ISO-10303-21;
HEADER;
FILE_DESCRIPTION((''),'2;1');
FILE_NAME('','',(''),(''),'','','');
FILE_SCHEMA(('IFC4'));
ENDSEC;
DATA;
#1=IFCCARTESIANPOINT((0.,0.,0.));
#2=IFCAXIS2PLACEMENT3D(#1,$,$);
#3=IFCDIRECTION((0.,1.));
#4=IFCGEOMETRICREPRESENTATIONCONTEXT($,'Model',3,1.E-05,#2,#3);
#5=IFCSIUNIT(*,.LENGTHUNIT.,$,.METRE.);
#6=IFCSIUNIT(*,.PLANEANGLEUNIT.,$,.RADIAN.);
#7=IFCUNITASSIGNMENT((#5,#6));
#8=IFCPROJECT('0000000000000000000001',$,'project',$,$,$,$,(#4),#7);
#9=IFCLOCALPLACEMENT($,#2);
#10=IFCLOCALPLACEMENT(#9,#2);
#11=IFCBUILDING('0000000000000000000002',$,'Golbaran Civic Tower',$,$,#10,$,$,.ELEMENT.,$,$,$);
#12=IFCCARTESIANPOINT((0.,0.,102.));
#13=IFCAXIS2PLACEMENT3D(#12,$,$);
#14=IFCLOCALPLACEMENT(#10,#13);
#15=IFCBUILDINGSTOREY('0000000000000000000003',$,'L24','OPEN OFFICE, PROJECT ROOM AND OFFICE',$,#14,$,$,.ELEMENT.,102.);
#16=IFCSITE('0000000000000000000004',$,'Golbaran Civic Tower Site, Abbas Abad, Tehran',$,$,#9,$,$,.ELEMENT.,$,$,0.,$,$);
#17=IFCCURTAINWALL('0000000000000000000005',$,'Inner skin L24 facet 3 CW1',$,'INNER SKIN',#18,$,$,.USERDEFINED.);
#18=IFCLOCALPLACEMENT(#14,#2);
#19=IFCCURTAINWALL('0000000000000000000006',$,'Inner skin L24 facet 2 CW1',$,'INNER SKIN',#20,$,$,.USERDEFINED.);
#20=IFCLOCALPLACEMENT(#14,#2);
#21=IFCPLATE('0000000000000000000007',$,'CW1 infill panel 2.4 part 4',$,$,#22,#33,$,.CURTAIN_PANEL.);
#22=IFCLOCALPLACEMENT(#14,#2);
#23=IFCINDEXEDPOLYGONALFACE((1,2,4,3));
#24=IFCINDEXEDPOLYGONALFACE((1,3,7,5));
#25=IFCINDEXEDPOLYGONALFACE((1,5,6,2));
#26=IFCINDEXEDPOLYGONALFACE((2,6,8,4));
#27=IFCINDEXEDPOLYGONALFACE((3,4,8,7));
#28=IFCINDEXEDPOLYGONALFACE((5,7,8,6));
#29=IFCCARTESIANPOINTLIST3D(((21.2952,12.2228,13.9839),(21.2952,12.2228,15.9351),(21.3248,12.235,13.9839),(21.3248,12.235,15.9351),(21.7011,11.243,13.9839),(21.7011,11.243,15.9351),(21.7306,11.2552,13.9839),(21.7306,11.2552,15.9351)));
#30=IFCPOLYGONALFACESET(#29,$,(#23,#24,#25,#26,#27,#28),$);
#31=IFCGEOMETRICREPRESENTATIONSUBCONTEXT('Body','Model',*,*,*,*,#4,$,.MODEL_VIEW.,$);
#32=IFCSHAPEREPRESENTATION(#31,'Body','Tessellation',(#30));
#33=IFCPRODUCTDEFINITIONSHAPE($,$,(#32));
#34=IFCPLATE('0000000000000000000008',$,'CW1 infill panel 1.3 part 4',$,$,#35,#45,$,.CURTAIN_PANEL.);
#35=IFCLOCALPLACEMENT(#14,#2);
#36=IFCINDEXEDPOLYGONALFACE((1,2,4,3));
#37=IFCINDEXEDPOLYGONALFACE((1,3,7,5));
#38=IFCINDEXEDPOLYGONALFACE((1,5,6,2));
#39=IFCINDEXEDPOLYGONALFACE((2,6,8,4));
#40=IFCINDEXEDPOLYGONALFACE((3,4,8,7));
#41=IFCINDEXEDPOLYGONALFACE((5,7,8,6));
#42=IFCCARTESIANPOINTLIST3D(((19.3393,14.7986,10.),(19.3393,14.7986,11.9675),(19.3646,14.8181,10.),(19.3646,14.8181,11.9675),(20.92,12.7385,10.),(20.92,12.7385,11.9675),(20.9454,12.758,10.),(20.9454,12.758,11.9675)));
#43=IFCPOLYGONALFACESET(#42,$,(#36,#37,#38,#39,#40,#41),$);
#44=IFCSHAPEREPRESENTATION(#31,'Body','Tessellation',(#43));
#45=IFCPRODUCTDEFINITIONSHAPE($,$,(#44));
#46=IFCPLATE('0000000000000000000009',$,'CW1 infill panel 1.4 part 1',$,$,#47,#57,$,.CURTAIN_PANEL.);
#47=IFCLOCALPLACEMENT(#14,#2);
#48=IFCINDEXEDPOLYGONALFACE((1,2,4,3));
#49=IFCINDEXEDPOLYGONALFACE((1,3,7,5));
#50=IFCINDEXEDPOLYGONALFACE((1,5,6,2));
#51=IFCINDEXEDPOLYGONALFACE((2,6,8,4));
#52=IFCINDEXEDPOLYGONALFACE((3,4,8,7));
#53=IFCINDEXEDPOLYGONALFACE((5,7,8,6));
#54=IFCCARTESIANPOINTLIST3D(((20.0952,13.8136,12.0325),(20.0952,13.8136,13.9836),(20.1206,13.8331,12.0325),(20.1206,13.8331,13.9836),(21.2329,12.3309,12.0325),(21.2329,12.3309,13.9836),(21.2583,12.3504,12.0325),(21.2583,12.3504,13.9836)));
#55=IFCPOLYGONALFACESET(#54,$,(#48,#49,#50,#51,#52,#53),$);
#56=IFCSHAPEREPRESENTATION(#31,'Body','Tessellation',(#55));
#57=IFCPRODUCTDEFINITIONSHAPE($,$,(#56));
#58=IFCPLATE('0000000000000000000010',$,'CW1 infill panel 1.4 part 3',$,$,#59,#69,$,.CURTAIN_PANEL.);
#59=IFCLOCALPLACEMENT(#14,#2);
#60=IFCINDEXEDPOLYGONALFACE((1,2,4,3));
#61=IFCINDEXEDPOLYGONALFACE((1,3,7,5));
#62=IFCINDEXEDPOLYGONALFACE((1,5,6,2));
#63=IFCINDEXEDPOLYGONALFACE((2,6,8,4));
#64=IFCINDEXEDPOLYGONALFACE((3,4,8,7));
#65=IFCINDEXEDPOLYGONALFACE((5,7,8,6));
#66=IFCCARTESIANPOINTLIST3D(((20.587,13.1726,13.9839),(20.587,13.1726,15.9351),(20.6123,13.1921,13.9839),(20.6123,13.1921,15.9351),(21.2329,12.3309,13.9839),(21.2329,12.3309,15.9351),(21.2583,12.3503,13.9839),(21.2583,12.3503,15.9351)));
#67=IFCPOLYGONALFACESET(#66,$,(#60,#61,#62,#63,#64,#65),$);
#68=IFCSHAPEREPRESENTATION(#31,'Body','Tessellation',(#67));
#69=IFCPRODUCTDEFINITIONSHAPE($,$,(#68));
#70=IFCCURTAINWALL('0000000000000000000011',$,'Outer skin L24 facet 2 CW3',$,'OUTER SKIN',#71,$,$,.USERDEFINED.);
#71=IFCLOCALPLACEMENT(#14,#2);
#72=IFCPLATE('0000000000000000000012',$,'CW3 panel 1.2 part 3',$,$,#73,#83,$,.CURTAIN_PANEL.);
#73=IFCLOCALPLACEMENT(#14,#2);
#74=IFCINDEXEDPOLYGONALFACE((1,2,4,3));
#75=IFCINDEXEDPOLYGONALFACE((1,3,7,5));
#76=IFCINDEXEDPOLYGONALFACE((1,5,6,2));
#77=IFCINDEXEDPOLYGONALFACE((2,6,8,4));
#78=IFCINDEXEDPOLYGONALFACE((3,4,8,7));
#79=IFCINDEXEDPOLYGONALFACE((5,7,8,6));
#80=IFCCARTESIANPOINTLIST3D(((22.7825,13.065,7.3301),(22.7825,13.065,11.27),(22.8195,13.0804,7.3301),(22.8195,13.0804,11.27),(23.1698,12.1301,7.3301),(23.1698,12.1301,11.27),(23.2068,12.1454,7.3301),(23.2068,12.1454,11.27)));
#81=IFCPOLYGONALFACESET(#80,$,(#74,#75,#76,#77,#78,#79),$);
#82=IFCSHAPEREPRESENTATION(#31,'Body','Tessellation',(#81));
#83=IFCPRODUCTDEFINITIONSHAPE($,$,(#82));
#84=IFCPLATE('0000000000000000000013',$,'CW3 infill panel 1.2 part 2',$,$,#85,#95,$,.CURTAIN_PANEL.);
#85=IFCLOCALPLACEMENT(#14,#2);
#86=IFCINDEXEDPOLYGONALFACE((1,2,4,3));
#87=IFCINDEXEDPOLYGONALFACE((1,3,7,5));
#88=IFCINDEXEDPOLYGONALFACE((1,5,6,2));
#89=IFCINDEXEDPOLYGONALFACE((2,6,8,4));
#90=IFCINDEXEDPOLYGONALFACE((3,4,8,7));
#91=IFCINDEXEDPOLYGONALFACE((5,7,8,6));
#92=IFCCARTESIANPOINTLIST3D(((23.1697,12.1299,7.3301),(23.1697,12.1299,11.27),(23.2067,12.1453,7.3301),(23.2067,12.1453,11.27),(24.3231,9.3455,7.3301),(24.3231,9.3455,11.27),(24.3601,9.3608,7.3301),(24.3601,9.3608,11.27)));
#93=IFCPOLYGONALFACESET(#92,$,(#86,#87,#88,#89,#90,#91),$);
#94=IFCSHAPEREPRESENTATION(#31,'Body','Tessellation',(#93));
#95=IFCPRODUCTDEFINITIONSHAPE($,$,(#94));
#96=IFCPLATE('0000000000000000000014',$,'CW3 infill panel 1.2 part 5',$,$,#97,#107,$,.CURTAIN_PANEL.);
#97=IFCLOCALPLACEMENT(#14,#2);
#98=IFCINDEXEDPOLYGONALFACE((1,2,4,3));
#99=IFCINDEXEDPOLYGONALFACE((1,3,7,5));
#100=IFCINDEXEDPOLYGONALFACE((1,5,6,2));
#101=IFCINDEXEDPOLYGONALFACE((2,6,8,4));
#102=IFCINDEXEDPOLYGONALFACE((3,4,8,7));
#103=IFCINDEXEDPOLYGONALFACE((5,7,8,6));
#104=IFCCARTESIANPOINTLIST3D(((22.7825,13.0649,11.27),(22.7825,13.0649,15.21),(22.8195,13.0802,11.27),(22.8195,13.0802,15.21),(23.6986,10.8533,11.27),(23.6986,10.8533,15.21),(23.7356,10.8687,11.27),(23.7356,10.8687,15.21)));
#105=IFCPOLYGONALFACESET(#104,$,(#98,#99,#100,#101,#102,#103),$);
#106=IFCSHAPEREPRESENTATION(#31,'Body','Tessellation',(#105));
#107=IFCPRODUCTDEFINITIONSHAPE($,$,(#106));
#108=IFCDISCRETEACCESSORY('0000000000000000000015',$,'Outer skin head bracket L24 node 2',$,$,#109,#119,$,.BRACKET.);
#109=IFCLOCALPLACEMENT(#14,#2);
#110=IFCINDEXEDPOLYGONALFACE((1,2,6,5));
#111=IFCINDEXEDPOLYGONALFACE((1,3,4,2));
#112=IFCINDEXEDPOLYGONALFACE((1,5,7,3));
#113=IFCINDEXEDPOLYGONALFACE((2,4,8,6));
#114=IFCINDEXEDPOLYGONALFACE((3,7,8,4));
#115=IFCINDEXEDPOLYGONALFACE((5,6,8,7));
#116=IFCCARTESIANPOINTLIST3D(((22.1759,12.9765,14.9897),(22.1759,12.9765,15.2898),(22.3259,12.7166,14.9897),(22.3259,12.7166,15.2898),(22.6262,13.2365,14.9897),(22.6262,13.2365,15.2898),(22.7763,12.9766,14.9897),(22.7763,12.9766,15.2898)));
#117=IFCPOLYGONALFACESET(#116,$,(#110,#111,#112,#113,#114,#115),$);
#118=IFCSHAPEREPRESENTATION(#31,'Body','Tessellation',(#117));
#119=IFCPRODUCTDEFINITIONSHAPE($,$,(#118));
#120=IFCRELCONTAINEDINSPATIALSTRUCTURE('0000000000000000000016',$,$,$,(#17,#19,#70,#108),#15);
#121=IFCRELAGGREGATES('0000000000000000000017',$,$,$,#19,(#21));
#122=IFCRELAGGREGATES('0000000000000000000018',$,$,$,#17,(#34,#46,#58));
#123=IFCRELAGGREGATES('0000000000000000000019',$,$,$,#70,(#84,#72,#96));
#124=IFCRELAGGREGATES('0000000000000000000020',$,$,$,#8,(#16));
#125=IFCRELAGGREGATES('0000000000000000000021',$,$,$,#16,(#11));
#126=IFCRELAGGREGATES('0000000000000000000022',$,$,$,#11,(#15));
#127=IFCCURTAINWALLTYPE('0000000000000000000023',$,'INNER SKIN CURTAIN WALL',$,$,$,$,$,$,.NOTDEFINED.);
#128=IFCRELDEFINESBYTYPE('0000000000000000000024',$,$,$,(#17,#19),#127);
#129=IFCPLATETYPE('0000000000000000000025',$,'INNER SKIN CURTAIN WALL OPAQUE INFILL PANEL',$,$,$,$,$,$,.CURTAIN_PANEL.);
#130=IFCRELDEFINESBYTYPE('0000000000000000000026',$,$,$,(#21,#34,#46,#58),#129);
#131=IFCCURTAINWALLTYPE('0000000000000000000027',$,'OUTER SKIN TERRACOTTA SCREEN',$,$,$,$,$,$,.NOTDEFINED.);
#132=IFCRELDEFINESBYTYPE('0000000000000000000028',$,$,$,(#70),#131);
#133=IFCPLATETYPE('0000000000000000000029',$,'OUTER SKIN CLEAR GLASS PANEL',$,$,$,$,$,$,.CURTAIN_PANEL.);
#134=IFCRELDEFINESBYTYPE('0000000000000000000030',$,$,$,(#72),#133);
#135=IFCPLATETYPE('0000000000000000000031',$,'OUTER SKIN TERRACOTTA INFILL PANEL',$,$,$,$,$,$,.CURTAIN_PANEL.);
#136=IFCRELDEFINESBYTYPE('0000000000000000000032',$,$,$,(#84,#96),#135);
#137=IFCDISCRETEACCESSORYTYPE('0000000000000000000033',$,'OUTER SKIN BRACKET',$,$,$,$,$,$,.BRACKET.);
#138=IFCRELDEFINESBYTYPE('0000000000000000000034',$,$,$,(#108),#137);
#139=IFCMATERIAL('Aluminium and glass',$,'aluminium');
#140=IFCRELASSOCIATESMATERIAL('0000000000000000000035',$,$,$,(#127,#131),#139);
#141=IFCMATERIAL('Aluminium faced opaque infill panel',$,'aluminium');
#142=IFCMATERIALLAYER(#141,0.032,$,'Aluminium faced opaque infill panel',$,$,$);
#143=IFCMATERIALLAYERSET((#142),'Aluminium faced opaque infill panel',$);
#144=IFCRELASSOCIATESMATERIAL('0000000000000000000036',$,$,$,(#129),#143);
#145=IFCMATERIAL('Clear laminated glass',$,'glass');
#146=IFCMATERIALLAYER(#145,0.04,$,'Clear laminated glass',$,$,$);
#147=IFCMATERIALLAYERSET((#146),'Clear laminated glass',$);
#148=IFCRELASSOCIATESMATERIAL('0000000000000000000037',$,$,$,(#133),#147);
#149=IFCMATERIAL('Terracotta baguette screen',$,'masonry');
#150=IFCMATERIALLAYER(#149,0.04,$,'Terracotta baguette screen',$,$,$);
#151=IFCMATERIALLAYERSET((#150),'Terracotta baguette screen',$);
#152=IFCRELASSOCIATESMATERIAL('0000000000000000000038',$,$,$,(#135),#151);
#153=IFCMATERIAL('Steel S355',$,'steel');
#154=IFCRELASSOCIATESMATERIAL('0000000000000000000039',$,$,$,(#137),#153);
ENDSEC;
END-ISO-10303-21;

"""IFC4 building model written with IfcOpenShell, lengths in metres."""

from ifc_helpers import new_model, si_unit, direction, frame, origin, origin_2d, place, context, subcontext, project, spatial, rectangle, extrude, material, layer, layer_set, type_object, element, aggregate, save


model = new_model("IFC4")

# Units and contexts
model_context = context("Model", 3, precision=1e-05, world=origin(), true_north=direction((0.0, 1.0)))
body_context = subcontext(model_context, "Body", "Model", "MODEL_VIEW")
ifc_project = project(units=[si_unit("LENGTHUNIT", "METRE"), si_unit("PLANEANGLEUNIT", "RADIAN")], contexts=[model_context])

# Site, building, storey
site_placement = place(None, origin())
site = spatial("IfcSite", under=ifc_project, at=site_placement, Name="Golbaran Civic Tower Site, Abbas Abad, Tehran", CompositionType="ELEMENT", RefElevation=0.0)
building_placement = place(site_placement, origin())
building = spatial("IfcBuilding", under=site, at=building_placement, Name="Golbaran Civic Tower", CompositionType="ELEMENT")
storey_placement = place(building_placement, frame((0.0, 0.0, 102.0)))
storey = spatial("IfcBuildingStorey", under=building, at=storey_placement, Name="L24", Description="OPEN OFFICE, PROJECT ROOM AND OFFICE", CompositionType="ELEMENT", Elevation=102.0)

# Curtain wall
ifc_material_1 = material(Name="Aluminium and glass", Category="aluminium")
curtain_wall_type_1 = type_object("IfcCurtainWallType", Name="INNER SKIN CURTAIN WALL", PredefinedType="NOTDEFINED", material=ifc_material_1)
curtain_wall_1_placement = place(storey_placement, origin())
curtain_wall_1 = element("IfcCurtainWall", 1, at=curtain_wall_1_placement, inside=storey, type_object=curtain_wall_type_1, Name="Inner skin L24 facet 3 CW1", ObjectType="INNER SKIN", PredefinedType="USERDEFINED")
curtain_wall_type_2 = type_object("IfcCurtainWallType", Name="OUTER SKIN TERRACOTTA SCREEN", PredefinedType="NOTDEFINED", material=ifc_material_1)

# Curtain wall
curtain_wall_2_placement = place(storey_placement, origin())
curtain_wall_2 = element("IfcCurtainWall", 2, at=curtain_wall_2_placement, inside=storey, type_object=curtain_wall_type_1, Name="Inner skin L24 facet 2 CW1", ObjectType="INNER SKIN", PredefinedType="USERDEFINED")

# Plates
ifc_material_2 = material(Name="Aluminium faced opaque infill panel", Category="aluminium")
ifc_layer_1 = layer(ifc_material_2, 0.032, Name="Aluminium faced opaque infill panel")
ifc_layer_set_1 = layer_set([ifc_layer_1], Name="Aluminium faced opaque infill panel")
plate_type_1 = type_object("IfcPlateType", Name="INNER SKIN CURTAIN WALL OPAQUE INFILL PANEL", PredefinedType="CURTAIN_PANEL", material=ifc_layer_set_1)
plate_1_placement = place(storey_placement, frame((21.5129, 11.739, 13.9839), z_axis=(0.0, 0.0, 1.0), x_axis=(-0.382683, 0.92388, 0.0)))
plate_1 = element("IfcPlate", 3, at=plate_1_placement, type_object=plate_type_1, Name="CW1 infill panel 2.4 part 4", PredefinedType="CURTAIN_PANEL", context=body_context, shape_type="SweptSolid", body=[
    extrude(rectangle(XDim=1.0605, YDim=0.032, at=origin_2d()), origin(), (0.0, 0.0, 1.0), 1.9512),
])
aggregate(curtain_wall_2, [plate_1])
plate_2_placement = place(storey_placement, frame((20.1423, 13.7783, 10.0), z_axis=(0.0, 0.0, 1.0), x_axis=(-0.608761, 0.793353, 0.0)))
plate_2 = element("IfcPlate", 4, at=plate_2_placement, type_object=plate_type_1, Name="CW1 infill panel 1.3 part 4", PredefinedType="CURTAIN_PANEL", context=body_context, shape_type="SweptSolid", body=[
    extrude(rectangle(XDim=2.5967, YDim=0.032, at=origin_2d()), origin(), (0.0, 0.0, 1.0), 1.9675),
])
plate_3_placement = place(storey_placement, frame((20.6768, 13.082, 12.0325), z_axis=(0.0, 0.0, 1.0), x_axis=(-0.608761, 0.793353, 0.0)))
plate_3 = element("IfcPlate", 5, at=plate_3_placement, type_object=plate_type_1, Name="CW1 infill panel 1.4 part 1", PredefinedType="CURTAIN_PANEL", context=body_context, shape_type="SweptSolid", body=[
    extrude(rectangle(XDim=1.8689, YDim=0.032, at=origin_2d()), origin(), (0.0, 0.0, 1.0), 1.9512),
])
plate_4_placement = place(storey_placement, frame((20.9226, 12.7615, 13.9839), z_axis=(0.0, 0.0, 1.0), x_axis=(-0.608761, 0.793353, 0.0)))
plate_4 = element("IfcPlate", 6, at=plate_4_placement, type_object=plate_type_1, Name="CW1 infill panel 1.4 part 3", PredefinedType="CURTAIN_PANEL", context=body_context, shape_type="SweptSolid", body=[
    extrude(rectangle(XDim=1.061, YDim=0.032, at=origin_2d()), origin(), (0.0, 0.0, 1.0), 1.9512),
])
aggregate(curtain_wall_1, [plate_2, plate_3, plate_4])

# Curtain wall, plates
curtain_wall_3_placement = place(storey_placement, origin())
curtain_wall_3 = element("IfcCurtainWall", 7, at=curtain_wall_3_placement, inside=storey, type_object=curtain_wall_type_2, Name="Outer skin L24 facet 2 CW3", ObjectType="OUTER SKIN", PredefinedType="USERDEFINED")
ifc_material_3 = material(Name="Clear laminated glass", Category="glass")
ifc_layer_2 = layer(ifc_material_3, 0.04, Name="Clear laminated glass")
ifc_layer_set_2 = layer_set([ifc_layer_2], Name="Clear laminated glass")
plate_type_2 = type_object("IfcPlateType", Name="OUTER SKIN CLEAR GLASS PANEL", PredefinedType="CURTAIN_PANEL", material=ifc_layer_set_2)
plate_5_placement = place(storey_placement, frame((22.9946, 12.6052, 7.3301), z_axis=(0.0, 0.0, 1.0), x_axis=(-0.382683, 0.92388, 0.0)))
plate_5 = element("IfcPlate", 8, at=plate_5_placement, type_object=plate_type_2, Name="CW3 panel 1.2 part 3", PredefinedType="CURTAIN_PANEL", context=body_context, shape_type="SweptSolid", body=[
    extrude(rectangle(XDim=1.012, YDim=0.04, at=origin_2d()), origin(), (0.0, 0.0, 1.0), 3.9399),
])
ifc_material_4 = material(Name="Terracotta baguette screen", Category="masonry")
ifc_layer_3 = layer(ifc_material_4, 0.04, Name="Terracotta baguette screen")
ifc_layer_set_3 = layer_set([ifc_layer_3], Name="Terracotta baguette screen")
plate_type_3 = type_object("IfcPlateType", Name="OUTER SKIN TERRACOTTA INFILL PANEL", PredefinedType="CURTAIN_PANEL", material=ifc_layer_set_3)
plate_6_placement = place(storey_placement, frame((23.7649, 10.7454, 7.3301), z_axis=(0.0, 0.0, 1.0), x_axis=(-0.382683, 0.92388, 0.0)))
plate_6 = element("IfcPlate", 9, at=plate_6_placement, type_object=plate_type_3, Name="CW3 infill panel 1.2 part 2", PredefinedType="CURTAIN_PANEL", context=body_context, shape_type="SweptSolid", body=[
    extrude(rectangle(XDim=3.0139, YDim=0.04, at=origin_2d()), origin(), (0.0, 0.0, 1.0), 3.9399),
])
plate_7_placement = place(storey_placement, frame((23.259, 11.9668, 11.27), z_axis=(0.0, 0.0, 1.0), x_axis=(-0.382683, 0.92388, 0.0)))
plate_7 = element("IfcPlate", 10, at=plate_7_placement, type_object=plate_type_3, Name="CW3 infill panel 1.2 part 5", PredefinedType="CURTAIN_PANEL", context=body_context, shape_type="SweptSolid", body=[
    extrude(rectangle(XDim=2.3938, YDim=0.04, at=origin_2d()), origin(), (0.0, 0.0, 1.0), 3.9399),
])
aggregate(curtain_wall_3, [plate_6, plate_5, plate_7])

# Discrete accessory
ifc_material_5 = material(Name="Steel S355", Category="steel")
discrete_accessory_type = type_object("IfcDiscreteAccessoryType", Name="OUTER SKIN BRACKET", PredefinedType="BRACKET", material=ifc_material_5)
discrete_accessory_placement = place(storey_placement, frame((22.4761, 12.9766, 14.9897), z_axis=(0.0, 0.0, 1.0), x_axis=(0.866025, 0.5, 0.0)))
element("IfcDiscreteAccessory", 11, at=discrete_accessory_placement, inside=storey, type_object=discrete_accessory_type, Name="Outer skin head bracket L24 node 2", PredefinedType="BRACKET", context=body_context, shape_type="SweptSolid", body=[
    extrude(rectangle(XDim=0.52, YDim=0.3, at=origin_2d()), origin(), (0.0, 0.0, 1.0), 0.3),
])

save(model, "model.ifc")
